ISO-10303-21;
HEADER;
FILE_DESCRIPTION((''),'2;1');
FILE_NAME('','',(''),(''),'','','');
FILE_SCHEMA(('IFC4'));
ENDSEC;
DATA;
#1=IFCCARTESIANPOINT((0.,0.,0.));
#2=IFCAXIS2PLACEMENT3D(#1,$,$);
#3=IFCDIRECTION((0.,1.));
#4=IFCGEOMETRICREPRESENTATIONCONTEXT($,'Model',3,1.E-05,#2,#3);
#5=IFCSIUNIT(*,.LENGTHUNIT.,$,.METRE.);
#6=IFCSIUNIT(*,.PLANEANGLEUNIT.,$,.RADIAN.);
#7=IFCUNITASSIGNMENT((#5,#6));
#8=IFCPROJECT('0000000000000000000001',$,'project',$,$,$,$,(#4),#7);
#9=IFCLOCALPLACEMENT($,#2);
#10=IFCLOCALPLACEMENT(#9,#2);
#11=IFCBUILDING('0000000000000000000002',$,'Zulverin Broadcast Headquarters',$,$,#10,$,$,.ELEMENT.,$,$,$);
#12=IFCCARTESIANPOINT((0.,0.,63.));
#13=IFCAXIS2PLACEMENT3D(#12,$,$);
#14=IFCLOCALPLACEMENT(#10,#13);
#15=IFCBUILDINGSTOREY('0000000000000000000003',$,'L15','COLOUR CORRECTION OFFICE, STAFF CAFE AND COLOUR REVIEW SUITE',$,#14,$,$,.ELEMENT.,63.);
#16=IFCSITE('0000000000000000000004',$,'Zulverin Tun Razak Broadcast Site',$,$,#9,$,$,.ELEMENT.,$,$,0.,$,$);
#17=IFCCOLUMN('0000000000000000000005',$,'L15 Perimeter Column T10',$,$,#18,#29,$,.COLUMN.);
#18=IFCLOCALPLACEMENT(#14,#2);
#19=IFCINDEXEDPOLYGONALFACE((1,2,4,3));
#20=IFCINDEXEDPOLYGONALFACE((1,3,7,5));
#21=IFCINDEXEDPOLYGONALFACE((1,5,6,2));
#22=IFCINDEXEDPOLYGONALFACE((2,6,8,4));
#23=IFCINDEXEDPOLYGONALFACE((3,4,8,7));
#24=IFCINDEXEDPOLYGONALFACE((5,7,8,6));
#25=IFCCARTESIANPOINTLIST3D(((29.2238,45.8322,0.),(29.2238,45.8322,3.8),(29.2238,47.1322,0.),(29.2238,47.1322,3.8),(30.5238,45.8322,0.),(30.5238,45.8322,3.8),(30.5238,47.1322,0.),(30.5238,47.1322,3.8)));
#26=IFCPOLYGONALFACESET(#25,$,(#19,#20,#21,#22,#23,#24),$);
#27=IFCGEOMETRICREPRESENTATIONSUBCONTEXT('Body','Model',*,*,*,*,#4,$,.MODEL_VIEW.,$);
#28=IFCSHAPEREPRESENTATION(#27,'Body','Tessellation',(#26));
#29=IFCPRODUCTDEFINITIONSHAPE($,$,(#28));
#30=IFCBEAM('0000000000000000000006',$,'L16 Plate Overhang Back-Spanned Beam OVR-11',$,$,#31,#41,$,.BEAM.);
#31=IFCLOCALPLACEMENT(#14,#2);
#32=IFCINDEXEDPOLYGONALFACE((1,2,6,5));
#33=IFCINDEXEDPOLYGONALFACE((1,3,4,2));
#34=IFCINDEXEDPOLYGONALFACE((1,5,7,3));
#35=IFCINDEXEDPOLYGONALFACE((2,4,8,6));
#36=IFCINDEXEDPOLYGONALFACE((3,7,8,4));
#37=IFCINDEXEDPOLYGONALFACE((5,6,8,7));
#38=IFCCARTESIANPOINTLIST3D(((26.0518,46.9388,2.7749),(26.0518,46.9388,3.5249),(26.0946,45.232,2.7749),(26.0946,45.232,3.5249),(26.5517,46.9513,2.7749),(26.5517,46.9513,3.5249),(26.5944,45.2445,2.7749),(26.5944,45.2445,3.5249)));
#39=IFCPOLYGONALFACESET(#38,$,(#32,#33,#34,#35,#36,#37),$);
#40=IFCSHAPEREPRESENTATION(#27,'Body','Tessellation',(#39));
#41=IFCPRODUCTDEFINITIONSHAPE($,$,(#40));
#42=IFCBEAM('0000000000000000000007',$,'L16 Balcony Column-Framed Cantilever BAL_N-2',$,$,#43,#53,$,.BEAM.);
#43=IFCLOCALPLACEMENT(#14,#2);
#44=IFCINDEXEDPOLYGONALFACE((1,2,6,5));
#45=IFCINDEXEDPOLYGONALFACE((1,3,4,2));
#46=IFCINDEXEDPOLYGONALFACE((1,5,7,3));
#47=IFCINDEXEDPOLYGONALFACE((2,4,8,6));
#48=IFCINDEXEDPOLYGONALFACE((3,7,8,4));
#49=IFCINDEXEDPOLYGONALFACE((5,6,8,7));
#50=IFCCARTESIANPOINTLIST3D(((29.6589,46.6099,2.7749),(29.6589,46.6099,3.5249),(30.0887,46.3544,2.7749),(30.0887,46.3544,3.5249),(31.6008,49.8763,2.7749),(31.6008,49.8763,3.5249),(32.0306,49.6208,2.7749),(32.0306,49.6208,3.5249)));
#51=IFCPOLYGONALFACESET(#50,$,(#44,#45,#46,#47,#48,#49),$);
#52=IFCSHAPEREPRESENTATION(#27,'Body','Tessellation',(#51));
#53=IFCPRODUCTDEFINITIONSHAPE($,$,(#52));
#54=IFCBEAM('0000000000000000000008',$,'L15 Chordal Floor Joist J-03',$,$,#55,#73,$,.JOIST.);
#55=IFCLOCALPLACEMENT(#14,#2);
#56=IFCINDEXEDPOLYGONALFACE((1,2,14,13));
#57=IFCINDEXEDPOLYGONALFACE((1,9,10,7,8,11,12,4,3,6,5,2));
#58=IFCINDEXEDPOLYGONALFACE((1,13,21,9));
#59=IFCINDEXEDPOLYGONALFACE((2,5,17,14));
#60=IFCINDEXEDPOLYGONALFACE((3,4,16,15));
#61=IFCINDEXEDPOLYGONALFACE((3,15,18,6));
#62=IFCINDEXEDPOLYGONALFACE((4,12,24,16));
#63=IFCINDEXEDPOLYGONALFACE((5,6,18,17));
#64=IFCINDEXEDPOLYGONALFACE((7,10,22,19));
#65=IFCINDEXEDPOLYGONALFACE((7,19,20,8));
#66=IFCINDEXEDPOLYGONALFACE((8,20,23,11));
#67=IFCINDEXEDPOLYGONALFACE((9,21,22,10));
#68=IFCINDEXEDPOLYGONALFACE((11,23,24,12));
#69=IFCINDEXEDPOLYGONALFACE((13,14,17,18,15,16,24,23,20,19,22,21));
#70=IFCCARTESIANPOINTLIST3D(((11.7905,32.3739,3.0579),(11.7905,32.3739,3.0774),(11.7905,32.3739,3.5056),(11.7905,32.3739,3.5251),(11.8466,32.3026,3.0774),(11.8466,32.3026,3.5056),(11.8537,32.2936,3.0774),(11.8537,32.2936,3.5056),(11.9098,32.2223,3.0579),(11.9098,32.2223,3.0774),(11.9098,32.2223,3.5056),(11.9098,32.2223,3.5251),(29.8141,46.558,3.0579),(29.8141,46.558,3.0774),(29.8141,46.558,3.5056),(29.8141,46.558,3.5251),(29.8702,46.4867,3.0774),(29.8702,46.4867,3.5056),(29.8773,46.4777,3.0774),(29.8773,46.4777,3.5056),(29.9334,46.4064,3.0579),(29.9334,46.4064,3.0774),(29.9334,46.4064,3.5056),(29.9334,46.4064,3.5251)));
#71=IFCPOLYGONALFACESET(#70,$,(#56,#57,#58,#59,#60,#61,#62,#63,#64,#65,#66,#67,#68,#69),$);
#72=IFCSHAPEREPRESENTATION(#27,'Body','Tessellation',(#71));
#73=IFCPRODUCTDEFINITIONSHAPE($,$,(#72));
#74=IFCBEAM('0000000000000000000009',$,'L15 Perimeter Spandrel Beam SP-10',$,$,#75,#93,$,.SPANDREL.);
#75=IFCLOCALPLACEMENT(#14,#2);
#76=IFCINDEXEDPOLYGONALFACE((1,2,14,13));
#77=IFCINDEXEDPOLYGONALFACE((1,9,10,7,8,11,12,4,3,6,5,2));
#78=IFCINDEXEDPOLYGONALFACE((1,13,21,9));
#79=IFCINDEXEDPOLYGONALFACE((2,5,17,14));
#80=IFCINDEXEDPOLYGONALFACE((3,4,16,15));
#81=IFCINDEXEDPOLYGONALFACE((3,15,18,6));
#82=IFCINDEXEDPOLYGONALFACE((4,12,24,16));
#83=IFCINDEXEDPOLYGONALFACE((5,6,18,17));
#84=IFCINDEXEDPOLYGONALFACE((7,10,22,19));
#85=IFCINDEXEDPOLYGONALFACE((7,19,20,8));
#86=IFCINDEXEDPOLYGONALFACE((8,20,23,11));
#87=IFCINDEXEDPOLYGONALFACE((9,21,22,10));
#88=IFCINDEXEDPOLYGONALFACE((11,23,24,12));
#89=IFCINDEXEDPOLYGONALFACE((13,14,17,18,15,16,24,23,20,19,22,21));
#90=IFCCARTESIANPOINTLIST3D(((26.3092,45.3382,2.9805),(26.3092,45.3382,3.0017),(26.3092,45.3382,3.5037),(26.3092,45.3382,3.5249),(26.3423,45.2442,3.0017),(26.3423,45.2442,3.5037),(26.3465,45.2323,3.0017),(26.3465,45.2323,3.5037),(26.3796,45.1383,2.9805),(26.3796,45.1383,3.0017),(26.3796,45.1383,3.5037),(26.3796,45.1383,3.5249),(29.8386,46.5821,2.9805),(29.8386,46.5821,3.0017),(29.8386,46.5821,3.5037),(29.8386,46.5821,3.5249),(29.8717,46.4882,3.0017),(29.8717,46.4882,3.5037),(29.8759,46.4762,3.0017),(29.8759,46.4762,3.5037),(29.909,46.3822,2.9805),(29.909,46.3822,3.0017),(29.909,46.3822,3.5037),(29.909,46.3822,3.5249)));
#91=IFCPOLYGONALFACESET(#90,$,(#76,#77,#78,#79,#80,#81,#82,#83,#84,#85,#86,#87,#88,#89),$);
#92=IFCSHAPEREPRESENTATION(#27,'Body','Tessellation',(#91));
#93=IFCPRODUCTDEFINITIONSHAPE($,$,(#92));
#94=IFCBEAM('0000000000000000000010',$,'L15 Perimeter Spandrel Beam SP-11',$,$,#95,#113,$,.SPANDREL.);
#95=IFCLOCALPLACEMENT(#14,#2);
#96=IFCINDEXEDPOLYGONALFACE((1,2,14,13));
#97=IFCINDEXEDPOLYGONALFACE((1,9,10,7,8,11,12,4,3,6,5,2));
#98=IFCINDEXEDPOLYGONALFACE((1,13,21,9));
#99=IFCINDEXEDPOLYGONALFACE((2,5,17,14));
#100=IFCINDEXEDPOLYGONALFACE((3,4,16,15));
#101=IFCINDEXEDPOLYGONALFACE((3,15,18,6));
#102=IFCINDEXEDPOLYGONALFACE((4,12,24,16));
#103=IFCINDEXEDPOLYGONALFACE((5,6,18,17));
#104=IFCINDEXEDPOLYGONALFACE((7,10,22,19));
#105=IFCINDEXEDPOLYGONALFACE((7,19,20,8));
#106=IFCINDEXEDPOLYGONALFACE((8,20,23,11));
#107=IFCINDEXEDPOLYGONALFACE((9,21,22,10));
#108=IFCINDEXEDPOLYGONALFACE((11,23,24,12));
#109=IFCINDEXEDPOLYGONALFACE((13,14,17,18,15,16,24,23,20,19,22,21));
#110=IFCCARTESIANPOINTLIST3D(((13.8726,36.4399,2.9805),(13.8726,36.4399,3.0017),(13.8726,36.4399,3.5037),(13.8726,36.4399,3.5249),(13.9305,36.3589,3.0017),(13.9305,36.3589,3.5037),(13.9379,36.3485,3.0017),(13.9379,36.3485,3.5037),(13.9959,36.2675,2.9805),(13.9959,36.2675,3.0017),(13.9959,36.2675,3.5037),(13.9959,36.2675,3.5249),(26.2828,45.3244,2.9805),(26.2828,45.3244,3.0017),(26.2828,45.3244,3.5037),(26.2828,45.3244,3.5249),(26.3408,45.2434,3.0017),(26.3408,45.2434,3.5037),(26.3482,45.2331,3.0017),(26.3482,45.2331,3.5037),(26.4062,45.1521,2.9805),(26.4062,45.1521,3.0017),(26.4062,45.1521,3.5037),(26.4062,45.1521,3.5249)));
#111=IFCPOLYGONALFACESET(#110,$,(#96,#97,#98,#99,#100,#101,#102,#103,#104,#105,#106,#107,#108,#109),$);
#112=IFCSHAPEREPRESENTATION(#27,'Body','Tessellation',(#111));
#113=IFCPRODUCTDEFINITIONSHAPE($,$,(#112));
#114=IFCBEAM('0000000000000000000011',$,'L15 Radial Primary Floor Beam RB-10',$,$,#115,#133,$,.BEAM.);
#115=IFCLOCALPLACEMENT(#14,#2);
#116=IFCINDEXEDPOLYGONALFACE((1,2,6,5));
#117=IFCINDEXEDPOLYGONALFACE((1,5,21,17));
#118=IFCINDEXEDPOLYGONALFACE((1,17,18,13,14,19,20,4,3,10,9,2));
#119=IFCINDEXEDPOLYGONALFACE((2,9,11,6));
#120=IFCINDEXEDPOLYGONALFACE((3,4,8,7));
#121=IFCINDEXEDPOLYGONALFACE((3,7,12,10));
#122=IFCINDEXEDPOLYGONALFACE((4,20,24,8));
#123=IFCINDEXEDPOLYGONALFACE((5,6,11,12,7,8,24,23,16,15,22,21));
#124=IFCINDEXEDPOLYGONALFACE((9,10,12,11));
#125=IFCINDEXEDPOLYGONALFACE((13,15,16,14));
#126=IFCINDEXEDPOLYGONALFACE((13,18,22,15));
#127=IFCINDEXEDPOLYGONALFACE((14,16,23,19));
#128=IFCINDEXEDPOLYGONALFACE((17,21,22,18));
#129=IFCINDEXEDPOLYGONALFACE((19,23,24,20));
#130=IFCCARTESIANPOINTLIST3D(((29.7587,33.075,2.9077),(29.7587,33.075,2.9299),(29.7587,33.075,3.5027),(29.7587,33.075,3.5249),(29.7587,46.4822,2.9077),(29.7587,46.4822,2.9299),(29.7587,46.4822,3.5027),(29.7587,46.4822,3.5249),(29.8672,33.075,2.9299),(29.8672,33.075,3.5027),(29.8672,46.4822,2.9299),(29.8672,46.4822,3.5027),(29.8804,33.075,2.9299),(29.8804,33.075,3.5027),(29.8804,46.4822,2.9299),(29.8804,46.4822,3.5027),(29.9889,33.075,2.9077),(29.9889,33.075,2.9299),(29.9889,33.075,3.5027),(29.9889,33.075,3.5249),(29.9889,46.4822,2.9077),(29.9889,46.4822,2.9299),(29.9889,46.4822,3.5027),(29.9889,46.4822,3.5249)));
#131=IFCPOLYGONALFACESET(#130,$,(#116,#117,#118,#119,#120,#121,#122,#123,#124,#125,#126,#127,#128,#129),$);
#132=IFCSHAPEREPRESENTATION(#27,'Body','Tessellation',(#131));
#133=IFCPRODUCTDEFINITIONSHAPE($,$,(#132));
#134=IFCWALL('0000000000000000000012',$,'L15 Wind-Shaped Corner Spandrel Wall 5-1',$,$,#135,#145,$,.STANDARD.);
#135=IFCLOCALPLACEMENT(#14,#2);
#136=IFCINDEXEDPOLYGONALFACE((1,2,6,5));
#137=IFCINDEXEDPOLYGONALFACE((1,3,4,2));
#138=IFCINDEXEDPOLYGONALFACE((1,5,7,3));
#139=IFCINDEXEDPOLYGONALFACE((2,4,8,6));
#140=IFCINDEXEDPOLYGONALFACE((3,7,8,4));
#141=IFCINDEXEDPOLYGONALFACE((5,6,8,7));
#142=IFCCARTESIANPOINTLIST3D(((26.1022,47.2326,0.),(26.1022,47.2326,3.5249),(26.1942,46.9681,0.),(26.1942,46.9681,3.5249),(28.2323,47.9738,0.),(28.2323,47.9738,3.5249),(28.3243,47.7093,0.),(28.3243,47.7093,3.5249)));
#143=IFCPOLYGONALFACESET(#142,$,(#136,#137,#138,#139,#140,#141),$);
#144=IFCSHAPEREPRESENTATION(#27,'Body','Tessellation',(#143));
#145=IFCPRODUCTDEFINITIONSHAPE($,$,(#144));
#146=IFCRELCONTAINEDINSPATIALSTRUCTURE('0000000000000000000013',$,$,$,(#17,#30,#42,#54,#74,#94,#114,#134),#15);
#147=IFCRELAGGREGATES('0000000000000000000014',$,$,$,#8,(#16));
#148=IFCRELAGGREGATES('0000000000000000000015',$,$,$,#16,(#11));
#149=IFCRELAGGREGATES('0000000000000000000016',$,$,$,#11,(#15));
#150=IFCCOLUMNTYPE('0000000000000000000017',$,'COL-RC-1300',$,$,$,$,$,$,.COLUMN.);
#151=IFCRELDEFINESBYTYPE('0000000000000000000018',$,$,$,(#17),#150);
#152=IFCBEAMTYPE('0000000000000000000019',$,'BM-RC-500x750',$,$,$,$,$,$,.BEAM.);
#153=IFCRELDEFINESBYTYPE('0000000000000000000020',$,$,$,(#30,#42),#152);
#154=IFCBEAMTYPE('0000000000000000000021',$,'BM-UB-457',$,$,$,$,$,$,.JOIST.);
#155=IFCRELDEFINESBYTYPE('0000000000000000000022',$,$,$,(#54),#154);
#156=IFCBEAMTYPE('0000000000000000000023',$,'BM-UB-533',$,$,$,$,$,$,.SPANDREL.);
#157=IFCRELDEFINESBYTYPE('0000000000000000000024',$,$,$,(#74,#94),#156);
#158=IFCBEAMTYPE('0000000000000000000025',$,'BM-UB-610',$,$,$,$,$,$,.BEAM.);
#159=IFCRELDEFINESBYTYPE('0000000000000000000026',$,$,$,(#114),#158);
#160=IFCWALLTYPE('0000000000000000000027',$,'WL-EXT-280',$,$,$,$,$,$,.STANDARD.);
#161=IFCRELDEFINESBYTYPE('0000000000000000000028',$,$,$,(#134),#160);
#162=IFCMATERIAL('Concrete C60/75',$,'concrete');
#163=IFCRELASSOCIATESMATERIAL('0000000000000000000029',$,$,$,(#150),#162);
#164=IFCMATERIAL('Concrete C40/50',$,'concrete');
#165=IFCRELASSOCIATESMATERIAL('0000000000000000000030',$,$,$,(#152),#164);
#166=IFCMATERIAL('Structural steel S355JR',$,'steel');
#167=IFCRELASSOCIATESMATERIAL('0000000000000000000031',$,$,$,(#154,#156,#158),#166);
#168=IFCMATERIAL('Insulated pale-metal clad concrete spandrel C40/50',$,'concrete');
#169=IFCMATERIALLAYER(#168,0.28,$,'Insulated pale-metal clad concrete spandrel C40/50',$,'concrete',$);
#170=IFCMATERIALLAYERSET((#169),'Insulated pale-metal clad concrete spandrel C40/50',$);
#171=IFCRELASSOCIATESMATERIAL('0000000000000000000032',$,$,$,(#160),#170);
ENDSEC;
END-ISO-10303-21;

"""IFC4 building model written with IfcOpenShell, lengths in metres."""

from ifc_helpers import new_model, si_unit, direction, frame, frame_2d, origin, origin_2d, place, context, subcontext, project, spatial, rectangle, i_section, extrude, material, layer, layer_set, material_profile, profile_set, type_object, element, save


model = new_model("IFC4")

# Units and contexts
model_context = context("Model", 3, precision=1e-05, world=origin(), true_north=direction((0.0, 1.0)))
body_context = subcontext(model_context, "Body", "Model", "MODEL_VIEW")
ifc_project = project(units=[si_unit("LENGTHUNIT", "METRE"), si_unit("PLANEANGLEUNIT", "RADIAN")], contexts=[model_context])

# Site, building, storey
site_placement = place(None, origin())
site = spatial("IfcSite", under=ifc_project, at=site_placement, Name="Zulverin Tun Razak Broadcast Site", CompositionType="ELEMENT", RefElevation=0.0)
building_placement = place(site_placement, origin())
building = spatial("IfcBuilding", under=site, at=building_placement, Name="Zulverin Broadcast Headquarters", CompositionType="ELEMENT")
storey_placement = place(building_placement, frame((0.0, 0.0, 63.0)))
storey = spatial("IfcBuildingStorey", under=building, at=storey_placement, Name="L15", Description="COLOUR CORRECTION OFFICE, STAFF CAFE AND COLOUR REVIEW SUITE", CompositionType="ELEMENT", Elevation=63.0)

# Column
ifc_material_1 = material(Name="Concrete C60/75", Category="concrete")
ifc_material_profile_1 = material_profile(ifc_material_1, rectangle(XDim=1.3, YDim=1.3, at=origin_2d()), Name="Concrete C60/75", Category="concrete")
ifc_profile_set_1 = profile_set([ifc_material_profile_1], Name="Concrete C60/75")
column_type = type_object("IfcColumnType", Name="COL-RC-1300", PredefinedType="COLUMN", material=ifc_profile_set_1)
column_placement = place(storey_placement, frame((29.8738, 46.4822, 0.0), z_axis=(0.0, 0.0, 1.0), x_axis=(1.0, 0.0, 0.0)))
element("IfcColumn", 1, at=column_placement, inside=storey, type_object=column_type, Name="L15 Perimeter Column T10", PredefinedType="COLUMN", context=body_context, shape_type="SweptSolid", body=[
    extrude(rectangle(XDim=1.3, YDim=1.3, at=origin_2d()), origin(), (0.0, 0.0, 1.0), 3.8),
])

# Beams
ifc_material_2 = material(Name="Concrete C40/50", Category="concrete")
ifc_material_profile_2 = material_profile(ifc_material_2, rectangle(XDim=0.5, YDim=0.75, at=origin_2d()), Name="Concrete C40/50", Category="concrete")
ifc_profile_set_2 = profile_set([ifc_material_profile_2], Name="Concrete C40/50")
beam_type_1 = type_object("IfcBeamType", Name="BM-RC-500x750", PredefinedType="BEAM", material=ifc_profile_set_2)
beam_1_placement = place(storey_placement, frame((26.3445, 45.2383, 3.1499), z_axis=(-0.025024, 0.999687, 0.0), x_axis=(-0.999687, -0.025024, 0.0)))
element("IfcBeam", 2, at=beam_1_placement, inside=storey, type_object=beam_type_1, Name="L16 Plate Overhang Back-Spanned Beam OVR-11", PredefinedType="BEAM", context=body_context, shape_type="SweptSolid", body=[
    extrude(rectangle(XDim=0.5, YDim=0.75, at=origin_2d()), origin(), (0.0, 0.0, 1.0), 1.7073),
])
beam_2_placement = place(storey_placement, frame((29.8738, 46.4822, 3.1499), z_axis=(0.511024, 0.859566, 0.0), x_axis=(-0.859566, 0.511024, 0.0)))
element("IfcBeam", 3, at=beam_2_placement, inside=storey, type_object=beam_type_1, Name="L16 Balcony Column-Framed Cantilever BAL_N-2", PredefinedType="BEAM", context=body_context, shape_type="SweptSolid", body=[
    extrude(rectangle(XDim=0.5, YDim=0.75, at=origin_2d()), origin(), (0.0, 0.0, 1.0), 3.8),
])
ifc_material_3 = material(Name="Structural steel S355JR", Category="steel")
ifc_material_profile_3 = material_profile(ifc_material_3, i_section(OverallWidth=0.1929, OverallDepth=0.4673, WebThickness=0.0115, FlangeThickness=0.0195, at=origin_2d()), Name="Structural steel S355JR", Category="steel")
ifc_profile_set_3 = profile_set([ifc_material_profile_3], Name="Structural steel S355JR")
beam_type_2 = type_object("IfcBeamType", Name="BM-UB-457", PredefinedType="JOIST", material=ifc_profile_set_3)
beam_3_placement = place(storey_placement, frame((29.8738, 46.4822, 3.2915), z_axis=(-0.785839, -0.618431, 0.0), x_axis=(0.618431, -0.785839, 0.0)))
element("IfcBeam", 4, at=beam_3_placement, inside=storey, type_object=beam_type_2, Name="L15 Chordal Floor Joist J-03", PredefinedType="JOIST", context=body_context, shape_type="SweptSolid", body=[
    extrude(i_section(OverallWidth=0.1929, OverallDepth=0.4673, WebThickness=0.0115, FlangeThickness=0.0195, at=origin_2d()), origin(), (0.0, 0.0, 1.0), 22.9355),
])
ifc_material_profile_4 = material_profile(ifc_material_3, i_section(OverallWidth=0.2119, OverallDepth=0.5444, WebThickness=0.0127, FlangeThickness=0.0212, at=origin_2d()), Name="Structural steel S355JR", Category="steel")
ifc_profile_set_4 = profile_set([ifc_material_profile_4], Name="Structural steel S355JR")
beam_type_3 = type_object("IfcBeamType", Name="BM-UB-533", PredefinedType="SPANDREL", material=ifc_profile_set_4)
beam_4_placement = place(storey_placement, frame((29.8738, 46.4822, 3.2527), z_axis=(-0.943136, -0.332407, 0.0), x_axis=(0.332407, -0.943136, 0.0)))
element("IfcBeam", 5, at=beam_4_placement, inside=storey, type_object=beam_type_3, Name="L15 Perimeter Spandrel Beam SP-10", PredefinedType="SPANDREL", context=body_context, shape_type="SweptSolid", body=[
    extrude(i_section(OverallWidth=0.2119, OverallDepth=0.5444, WebThickness=0.0127, FlangeThickness=0.0212, at=origin_2d()), origin(), (0.0, 0.0, 1.0), 3.7422),
])
beam_5_placement = place(storey_placement, frame((26.3445, 45.2383, 3.2527), z_axis=(-0.813109, -0.582111, 0.0), x_axis=(0.582111, -0.813109, 0.0)))
element("IfcBeam", 6, at=beam_5_placement, inside=storey, type_object=beam_type_3, Name="L15 Perimeter Spandrel Beam SP-11", PredefinedType="SPANDREL", context=body_context, shape_type="SweptSolid", body=[
    extrude(i_section(OverallWidth=0.2119, OverallDepth=0.5444, WebThickness=0.0127, FlangeThickness=0.0212, at=origin_2d()), origin(), (0.0, 0.0, 1.0), 15.2627),
])
ifc_material_profile_5 = material_profile(ifc_material_3, i_section(OverallWidth=0.2302, OverallDepth=0.6172, WebThickness=0.0132, FlangeThickness=0.0222, at=origin_2d()), Name="Structural steel S355JR", Category="steel")
ifc_profile_set_5 = profile_set([ifc_material_profile_5], Name="Structural steel S355JR")
beam_type_4 = type_object("IfcBeamType", Name="BM-UB-610", PredefinedType="BEAM", material=ifc_profile_set_5)
beam_6_placement = place(storey_placement, frame((29.8738, 33.075, 3.2163), z_axis=(0.0, 1.0, 0.0), x_axis=(-1.0, 0.0, 0.0)))
element("IfcBeam", 7, at=beam_6_placement, inside=storey, type_object=beam_type_4, Name="L15 Radial Primary Floor Beam RB-10", PredefinedType="BEAM", context=body_context, shape_type="SweptSolid", body=[
    extrude(i_section(OverallWidth=0.2302, OverallDepth=0.6172, WebThickness=0.0132, FlangeThickness=0.0222, at=origin_2d()), origin(), (0.0, 0.0, 1.0), 13.4072),
])

# Wall
ifc_material_4 = material(Name="Insulated pale-metal clad concrete spandrel C40/50", Category="concrete")
ifc_layer_1 = layer(ifc_material_4, 0.28, Name="Insulated pale-metal clad concrete spandrel C40/50", Category="concrete")
ifc_layer_set_1 = layer_set([ifc_layer_1], Name="Insulated pale-metal clad concrete spandrel C40/50")
wall_type_1 = type_object("IfcWallType", Name="WL-EXT-280", PredefinedType="STANDARD", material=ifc_layer_set_1)
wall_1_placement = place(storey_placement, frame((28.2783, 47.8416, 0.0), z_axis=(0.0, 0.0, 1.0), x_axis=(-0.944456, -0.328638, 0.0)))
element("IfcWall", 8, at=wall_1_placement, inside=storey, type_object=wall_type_1, Name="L15 Wind-Shaped Corner Spandrel Wall 5-1", PredefinedType="STANDARD", context=body_context, shape_type="SweptSolid", body=[
    extrude(rectangle(XDim=2.2554, YDim=0.28, at=frame_2d((1.1277, 0.0))), origin(), (0.0, 0.0, 1.0), 3.5249),
])

save(model, "model.ifc")
